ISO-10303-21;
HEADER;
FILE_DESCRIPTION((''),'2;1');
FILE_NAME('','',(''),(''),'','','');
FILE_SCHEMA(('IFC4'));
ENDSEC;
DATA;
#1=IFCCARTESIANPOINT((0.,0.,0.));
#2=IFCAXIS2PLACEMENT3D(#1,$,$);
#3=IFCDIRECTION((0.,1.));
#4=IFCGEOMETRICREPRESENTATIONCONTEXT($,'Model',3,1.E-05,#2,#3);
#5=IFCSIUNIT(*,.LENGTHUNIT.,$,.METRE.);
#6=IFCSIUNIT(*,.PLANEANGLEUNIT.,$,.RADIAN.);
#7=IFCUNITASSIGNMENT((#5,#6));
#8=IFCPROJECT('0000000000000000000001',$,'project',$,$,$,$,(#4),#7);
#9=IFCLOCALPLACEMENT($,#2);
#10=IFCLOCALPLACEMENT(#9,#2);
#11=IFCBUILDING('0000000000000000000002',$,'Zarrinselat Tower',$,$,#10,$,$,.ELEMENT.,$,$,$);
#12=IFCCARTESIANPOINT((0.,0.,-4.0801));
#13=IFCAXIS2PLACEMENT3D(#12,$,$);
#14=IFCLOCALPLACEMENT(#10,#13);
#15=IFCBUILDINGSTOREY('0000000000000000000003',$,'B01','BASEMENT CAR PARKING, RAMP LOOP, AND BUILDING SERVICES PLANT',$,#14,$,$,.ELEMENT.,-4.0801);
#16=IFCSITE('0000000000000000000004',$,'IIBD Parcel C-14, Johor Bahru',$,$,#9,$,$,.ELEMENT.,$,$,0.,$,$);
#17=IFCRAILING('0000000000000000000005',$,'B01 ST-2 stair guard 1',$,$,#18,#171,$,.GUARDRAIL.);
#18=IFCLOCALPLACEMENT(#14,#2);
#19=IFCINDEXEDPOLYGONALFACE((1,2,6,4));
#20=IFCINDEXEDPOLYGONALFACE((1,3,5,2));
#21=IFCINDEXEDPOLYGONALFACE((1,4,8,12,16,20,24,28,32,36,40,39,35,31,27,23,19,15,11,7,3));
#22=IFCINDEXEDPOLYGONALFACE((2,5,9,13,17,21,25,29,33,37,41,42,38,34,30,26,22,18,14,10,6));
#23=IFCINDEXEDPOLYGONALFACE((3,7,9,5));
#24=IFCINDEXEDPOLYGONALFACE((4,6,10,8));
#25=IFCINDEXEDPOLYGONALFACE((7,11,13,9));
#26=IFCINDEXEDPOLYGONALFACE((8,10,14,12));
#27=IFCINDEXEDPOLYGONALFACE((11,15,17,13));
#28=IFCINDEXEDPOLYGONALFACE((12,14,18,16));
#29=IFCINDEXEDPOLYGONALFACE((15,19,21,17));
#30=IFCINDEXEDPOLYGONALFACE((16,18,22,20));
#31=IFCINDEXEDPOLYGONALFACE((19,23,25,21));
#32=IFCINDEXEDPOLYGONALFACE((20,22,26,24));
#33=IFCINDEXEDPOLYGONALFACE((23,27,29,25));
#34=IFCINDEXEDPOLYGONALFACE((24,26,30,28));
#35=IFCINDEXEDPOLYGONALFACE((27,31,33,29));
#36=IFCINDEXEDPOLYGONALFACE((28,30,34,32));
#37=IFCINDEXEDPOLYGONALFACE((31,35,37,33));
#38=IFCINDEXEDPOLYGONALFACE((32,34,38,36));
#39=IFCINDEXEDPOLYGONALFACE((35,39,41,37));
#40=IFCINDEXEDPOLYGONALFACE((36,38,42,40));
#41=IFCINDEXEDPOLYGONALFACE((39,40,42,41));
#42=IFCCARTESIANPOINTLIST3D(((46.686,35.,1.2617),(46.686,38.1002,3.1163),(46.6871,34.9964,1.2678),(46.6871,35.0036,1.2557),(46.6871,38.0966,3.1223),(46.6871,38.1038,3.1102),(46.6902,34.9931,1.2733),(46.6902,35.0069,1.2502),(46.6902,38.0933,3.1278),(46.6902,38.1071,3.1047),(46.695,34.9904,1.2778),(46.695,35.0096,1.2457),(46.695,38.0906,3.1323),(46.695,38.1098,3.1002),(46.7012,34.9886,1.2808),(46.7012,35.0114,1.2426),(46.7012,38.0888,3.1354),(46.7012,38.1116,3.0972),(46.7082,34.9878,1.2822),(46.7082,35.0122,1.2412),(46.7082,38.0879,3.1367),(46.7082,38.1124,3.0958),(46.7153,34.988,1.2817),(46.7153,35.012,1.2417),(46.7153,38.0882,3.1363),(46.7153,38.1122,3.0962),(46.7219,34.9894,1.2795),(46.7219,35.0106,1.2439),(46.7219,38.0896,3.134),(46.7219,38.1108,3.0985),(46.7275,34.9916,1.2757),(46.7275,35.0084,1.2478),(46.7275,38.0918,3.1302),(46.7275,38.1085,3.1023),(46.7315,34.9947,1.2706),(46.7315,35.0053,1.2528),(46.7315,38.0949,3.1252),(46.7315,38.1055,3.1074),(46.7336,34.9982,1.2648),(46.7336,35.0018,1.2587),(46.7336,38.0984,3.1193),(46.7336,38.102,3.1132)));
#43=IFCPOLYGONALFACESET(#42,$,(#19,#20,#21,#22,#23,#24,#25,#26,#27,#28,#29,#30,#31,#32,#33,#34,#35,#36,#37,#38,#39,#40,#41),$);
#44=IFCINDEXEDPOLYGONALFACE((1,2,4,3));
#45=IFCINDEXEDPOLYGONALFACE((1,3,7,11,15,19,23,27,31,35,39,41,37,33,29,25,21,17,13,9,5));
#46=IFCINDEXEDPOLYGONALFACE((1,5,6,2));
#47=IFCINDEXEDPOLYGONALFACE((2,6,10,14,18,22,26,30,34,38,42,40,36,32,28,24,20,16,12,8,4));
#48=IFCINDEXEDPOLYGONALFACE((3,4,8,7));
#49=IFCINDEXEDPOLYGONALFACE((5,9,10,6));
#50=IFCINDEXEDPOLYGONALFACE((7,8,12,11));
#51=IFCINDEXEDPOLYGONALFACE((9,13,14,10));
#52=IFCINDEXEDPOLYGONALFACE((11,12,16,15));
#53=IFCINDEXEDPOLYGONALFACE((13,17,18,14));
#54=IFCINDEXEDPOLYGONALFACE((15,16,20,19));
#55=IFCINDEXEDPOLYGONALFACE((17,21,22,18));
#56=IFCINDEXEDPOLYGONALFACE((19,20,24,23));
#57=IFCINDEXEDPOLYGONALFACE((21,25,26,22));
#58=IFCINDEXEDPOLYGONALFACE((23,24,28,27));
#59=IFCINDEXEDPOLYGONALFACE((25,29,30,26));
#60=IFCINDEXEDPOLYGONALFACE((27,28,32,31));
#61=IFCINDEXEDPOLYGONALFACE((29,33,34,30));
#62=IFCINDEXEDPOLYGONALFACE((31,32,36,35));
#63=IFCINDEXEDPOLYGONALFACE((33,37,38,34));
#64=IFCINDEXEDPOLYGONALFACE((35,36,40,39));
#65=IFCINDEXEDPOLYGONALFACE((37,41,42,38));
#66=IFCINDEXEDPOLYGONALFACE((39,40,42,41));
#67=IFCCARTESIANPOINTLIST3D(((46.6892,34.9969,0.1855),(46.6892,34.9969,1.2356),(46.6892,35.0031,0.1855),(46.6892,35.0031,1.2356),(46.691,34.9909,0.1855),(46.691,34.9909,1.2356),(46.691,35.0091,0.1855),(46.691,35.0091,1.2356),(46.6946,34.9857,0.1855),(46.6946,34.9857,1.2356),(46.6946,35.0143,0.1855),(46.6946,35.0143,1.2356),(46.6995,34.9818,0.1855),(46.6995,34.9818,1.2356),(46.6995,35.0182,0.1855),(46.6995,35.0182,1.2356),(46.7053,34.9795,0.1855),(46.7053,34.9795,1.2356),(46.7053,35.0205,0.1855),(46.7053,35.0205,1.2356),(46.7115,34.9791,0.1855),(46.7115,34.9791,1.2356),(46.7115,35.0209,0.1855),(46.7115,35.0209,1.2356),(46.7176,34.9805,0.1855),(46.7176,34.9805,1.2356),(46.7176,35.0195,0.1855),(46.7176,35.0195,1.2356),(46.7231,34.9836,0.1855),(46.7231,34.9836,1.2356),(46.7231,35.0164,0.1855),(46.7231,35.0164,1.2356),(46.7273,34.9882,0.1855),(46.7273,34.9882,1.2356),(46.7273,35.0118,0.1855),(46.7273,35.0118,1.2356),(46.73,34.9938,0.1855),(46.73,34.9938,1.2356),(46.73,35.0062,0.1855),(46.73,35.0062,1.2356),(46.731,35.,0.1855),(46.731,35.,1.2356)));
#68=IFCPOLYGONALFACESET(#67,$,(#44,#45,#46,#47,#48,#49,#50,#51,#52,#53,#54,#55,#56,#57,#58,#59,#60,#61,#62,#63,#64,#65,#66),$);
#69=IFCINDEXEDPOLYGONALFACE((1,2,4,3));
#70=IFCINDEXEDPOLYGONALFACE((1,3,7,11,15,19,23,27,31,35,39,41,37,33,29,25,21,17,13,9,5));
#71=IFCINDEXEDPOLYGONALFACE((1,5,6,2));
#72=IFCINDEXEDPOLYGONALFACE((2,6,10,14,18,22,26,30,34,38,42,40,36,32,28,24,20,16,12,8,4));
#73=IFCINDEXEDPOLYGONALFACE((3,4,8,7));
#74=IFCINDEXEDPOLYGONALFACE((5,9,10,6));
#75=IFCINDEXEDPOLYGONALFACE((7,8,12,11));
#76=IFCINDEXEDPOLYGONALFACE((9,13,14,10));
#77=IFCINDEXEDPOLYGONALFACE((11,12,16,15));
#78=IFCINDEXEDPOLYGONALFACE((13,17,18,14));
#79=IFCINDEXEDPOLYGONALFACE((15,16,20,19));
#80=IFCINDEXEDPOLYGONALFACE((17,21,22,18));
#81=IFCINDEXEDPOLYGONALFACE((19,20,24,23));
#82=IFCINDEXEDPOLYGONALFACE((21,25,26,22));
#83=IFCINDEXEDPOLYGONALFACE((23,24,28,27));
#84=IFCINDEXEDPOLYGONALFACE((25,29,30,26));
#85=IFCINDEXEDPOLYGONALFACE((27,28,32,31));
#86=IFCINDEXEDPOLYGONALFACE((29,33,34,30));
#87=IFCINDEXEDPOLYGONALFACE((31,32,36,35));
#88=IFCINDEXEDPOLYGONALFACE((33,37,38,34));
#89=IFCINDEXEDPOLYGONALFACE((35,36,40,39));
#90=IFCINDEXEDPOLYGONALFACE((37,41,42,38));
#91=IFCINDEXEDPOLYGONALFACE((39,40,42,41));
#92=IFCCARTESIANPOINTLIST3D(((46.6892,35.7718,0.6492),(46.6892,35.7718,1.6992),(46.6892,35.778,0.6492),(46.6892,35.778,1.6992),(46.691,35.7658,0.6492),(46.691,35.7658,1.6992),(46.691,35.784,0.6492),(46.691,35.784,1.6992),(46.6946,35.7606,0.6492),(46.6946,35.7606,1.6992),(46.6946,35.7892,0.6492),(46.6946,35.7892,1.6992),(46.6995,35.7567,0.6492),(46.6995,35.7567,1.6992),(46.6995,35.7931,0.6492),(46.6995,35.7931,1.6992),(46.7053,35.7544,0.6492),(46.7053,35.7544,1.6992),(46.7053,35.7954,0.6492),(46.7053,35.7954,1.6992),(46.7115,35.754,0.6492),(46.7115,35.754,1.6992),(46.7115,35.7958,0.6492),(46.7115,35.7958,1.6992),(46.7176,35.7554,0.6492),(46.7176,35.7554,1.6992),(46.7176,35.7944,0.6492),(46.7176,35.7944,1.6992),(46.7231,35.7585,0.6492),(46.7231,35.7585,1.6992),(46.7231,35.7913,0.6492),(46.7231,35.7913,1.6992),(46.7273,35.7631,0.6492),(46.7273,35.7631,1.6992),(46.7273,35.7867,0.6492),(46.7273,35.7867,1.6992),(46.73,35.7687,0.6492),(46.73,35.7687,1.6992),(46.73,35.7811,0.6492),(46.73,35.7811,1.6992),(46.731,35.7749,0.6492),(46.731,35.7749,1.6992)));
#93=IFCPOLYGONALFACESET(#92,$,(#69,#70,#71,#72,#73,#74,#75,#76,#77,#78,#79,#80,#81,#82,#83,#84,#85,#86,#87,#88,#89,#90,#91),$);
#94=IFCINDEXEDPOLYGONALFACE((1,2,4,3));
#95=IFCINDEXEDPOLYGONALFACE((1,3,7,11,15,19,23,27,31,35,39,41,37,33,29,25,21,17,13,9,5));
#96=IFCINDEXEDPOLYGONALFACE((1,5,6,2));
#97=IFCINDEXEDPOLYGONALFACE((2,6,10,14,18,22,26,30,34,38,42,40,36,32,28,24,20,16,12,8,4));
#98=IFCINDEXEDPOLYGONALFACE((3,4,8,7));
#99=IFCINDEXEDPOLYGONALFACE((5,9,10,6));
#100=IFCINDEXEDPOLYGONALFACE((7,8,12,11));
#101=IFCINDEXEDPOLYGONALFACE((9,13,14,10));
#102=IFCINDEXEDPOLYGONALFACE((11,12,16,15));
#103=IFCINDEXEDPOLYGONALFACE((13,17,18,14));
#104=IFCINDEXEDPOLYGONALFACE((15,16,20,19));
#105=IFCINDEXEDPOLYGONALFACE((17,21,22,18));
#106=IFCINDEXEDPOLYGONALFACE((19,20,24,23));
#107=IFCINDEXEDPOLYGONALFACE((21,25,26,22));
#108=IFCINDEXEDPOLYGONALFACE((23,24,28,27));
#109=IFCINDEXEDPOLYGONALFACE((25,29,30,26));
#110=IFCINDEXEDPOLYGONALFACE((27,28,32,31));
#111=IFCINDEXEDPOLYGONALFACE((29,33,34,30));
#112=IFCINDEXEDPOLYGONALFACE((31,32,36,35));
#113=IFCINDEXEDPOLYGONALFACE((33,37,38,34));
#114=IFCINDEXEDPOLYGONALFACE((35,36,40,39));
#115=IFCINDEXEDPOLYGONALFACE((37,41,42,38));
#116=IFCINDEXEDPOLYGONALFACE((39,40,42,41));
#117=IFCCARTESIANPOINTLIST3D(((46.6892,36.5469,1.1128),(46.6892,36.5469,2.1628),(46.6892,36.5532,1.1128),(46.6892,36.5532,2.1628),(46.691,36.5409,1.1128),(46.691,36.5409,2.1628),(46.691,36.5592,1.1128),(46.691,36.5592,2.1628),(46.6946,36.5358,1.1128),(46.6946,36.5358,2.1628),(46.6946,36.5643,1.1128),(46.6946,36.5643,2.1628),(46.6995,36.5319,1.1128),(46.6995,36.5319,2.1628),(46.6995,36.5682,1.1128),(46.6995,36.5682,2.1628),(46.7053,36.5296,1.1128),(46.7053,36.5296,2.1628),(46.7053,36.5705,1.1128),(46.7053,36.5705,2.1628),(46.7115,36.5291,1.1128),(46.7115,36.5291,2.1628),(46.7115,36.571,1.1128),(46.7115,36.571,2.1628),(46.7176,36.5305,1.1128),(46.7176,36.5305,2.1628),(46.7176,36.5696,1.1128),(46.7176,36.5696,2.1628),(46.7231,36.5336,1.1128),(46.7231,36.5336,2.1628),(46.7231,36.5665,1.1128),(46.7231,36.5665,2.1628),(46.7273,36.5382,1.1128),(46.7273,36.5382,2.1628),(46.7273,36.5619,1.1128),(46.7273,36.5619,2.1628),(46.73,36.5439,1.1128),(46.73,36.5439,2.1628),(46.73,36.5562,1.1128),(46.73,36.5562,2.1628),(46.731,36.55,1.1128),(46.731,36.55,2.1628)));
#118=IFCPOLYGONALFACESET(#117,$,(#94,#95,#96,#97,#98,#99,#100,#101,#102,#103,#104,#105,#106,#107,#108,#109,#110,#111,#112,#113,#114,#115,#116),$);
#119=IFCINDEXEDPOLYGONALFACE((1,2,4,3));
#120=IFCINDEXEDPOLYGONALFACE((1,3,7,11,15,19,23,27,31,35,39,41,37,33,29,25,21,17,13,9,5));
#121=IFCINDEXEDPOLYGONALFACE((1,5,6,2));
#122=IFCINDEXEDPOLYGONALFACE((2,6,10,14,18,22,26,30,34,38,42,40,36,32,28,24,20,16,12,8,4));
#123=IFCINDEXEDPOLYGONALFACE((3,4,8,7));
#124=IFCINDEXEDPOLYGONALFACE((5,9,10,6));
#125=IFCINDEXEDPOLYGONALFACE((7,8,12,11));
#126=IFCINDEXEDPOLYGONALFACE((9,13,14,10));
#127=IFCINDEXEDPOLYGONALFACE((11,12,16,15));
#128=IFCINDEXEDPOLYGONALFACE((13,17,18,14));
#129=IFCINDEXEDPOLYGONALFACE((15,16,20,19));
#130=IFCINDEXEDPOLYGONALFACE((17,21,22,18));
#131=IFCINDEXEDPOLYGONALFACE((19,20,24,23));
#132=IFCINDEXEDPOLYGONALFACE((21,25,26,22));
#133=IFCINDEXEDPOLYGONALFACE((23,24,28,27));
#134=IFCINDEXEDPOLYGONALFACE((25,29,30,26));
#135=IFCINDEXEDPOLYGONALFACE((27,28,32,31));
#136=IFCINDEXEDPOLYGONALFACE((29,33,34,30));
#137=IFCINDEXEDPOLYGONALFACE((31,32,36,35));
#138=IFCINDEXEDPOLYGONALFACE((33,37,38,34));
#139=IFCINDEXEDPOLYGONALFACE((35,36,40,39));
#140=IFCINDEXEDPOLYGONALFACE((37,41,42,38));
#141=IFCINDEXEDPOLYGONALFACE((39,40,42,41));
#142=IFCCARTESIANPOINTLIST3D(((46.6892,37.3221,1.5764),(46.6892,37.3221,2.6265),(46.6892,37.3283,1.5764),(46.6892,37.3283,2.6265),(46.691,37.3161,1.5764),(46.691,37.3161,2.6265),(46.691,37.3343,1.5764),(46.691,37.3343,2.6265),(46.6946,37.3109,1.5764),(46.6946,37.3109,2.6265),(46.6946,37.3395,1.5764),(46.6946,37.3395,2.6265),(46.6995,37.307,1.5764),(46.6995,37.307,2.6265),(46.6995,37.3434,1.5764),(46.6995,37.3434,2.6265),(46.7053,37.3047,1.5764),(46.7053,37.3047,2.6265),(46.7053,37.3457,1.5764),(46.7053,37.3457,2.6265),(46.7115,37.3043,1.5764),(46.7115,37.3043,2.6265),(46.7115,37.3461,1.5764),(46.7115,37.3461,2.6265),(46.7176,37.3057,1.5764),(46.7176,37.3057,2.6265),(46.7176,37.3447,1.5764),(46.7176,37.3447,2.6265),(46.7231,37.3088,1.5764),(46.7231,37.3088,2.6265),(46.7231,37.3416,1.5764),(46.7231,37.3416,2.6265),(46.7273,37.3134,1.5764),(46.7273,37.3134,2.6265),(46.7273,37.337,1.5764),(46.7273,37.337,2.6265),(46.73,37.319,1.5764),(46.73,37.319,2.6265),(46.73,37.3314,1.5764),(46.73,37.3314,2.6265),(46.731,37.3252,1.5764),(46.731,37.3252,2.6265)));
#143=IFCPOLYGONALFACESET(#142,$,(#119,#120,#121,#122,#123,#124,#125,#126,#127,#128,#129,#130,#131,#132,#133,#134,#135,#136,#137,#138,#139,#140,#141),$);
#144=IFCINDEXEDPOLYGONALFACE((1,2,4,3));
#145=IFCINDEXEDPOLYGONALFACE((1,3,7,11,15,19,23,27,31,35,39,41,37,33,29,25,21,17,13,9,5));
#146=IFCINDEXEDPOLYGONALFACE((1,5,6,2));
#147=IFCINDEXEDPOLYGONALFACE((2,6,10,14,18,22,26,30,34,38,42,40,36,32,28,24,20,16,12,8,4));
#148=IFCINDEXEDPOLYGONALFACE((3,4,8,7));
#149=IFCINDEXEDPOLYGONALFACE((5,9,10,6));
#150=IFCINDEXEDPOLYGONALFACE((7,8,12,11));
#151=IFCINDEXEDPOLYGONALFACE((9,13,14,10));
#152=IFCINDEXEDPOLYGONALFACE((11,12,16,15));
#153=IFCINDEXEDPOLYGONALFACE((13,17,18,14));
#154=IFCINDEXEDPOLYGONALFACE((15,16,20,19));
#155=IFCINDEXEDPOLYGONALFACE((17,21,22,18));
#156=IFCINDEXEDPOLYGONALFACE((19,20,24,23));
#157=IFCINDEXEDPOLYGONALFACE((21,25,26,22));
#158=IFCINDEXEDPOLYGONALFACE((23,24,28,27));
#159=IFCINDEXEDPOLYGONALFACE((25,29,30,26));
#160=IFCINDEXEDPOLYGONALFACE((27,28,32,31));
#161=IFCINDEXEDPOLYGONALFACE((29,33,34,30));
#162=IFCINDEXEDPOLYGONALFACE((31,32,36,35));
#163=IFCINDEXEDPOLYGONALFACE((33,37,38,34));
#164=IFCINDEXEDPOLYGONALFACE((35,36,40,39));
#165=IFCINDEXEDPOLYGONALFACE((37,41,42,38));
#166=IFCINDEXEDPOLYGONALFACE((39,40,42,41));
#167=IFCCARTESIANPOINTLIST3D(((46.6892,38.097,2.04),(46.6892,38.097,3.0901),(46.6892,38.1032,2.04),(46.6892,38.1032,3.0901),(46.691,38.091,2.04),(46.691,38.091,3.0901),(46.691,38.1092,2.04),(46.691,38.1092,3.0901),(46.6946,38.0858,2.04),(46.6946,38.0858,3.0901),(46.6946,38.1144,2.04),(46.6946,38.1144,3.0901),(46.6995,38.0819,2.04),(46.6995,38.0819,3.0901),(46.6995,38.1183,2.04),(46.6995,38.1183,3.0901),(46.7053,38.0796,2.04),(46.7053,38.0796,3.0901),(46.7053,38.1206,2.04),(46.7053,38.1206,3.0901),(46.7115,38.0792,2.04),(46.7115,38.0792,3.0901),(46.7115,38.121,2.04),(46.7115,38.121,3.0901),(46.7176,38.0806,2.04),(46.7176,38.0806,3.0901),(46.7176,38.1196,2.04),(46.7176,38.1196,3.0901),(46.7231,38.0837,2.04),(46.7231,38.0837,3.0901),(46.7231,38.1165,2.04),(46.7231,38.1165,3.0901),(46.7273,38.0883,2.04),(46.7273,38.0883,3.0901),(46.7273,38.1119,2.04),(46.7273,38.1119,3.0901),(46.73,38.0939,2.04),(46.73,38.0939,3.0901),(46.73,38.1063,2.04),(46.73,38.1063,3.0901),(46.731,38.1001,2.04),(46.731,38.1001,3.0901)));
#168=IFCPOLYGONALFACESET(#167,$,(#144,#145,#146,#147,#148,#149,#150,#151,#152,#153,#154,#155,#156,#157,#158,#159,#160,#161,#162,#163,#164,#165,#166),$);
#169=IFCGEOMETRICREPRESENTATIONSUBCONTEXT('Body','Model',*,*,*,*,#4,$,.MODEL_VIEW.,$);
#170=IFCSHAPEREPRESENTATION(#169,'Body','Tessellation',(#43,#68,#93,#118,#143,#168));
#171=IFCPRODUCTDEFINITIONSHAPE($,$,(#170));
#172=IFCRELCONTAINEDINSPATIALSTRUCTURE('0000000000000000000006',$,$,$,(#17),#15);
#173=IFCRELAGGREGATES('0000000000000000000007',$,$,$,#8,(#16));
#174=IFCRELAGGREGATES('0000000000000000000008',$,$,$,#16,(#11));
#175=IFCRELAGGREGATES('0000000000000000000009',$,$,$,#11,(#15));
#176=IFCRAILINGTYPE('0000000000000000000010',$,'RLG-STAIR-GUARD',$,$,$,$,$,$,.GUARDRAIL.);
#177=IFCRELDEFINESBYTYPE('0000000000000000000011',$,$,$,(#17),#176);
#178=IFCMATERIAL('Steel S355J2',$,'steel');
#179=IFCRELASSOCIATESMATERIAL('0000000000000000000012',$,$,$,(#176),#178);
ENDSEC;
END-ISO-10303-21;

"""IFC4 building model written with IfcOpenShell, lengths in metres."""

from ifc_helpers import new_model, si_unit, direction, frame, origin, origin_2d, place, context, subcontext, project, spatial, circle, extrude, material, type_object, element, save


model = new_model("IFC4")

# Units and contexts
model_context = context("Model", 3, precision=1e-05, world=origin(), true_north=direction((0.0, 1.0)))
body_context = subcontext(model_context, "Body", "Model", "MODEL_VIEW")
ifc_project = project(units=[si_unit("LENGTHUNIT", "METRE"), si_unit("PLANEANGLEUNIT", "RADIAN")], contexts=[model_context])

# Site, building, storey
site_placement = place(None, origin())
site = spatial("IfcSite", under=ifc_project, at=site_placement, Name="IIBD Parcel C-14, Johor Bahru", CompositionType="ELEMENT", RefElevation=0.0)
building_placement = place(site_placement, origin())
building = spatial("IfcBuilding", under=site, at=building_placement, Name="Zarrinselat Tower", CompositionType="ELEMENT")
storey_placement = place(building_placement, frame((0.0, 0.0, -4.0801)))
storey = spatial("IfcBuildingStorey", under=building, at=storey_placement, Name="B01", Description="BASEMENT CAR PARKING, RAMP LOOP, AND BUILDING SERVICES PLANT", CompositionType="ELEMENT", Elevation=-4.0801)

# Railing
ifc_material_1 = material(Name="Steel S355J2", Category="steel")
railing_type_1 = type_object("IfcRailingType", Name="RLG-STAIR-GUARD", PredefinedType="GUARDRAIL", material=ifc_material_1)
railing_1_placement = place(storey_placement, frame((46.71, 35.0, 0.1855)))
element("IfcRailing", 1, at=railing_1_placement, inside=storey, type_object=railing_type_1, Name="B01 ST-2 stair guard 1", PredefinedType="GUARDRAIL", context=body_context, shape_type="SweptSolid", body=[
    extrude(circle(Radius=0.0239, at=origin_2d()), frame((0.0, 0.0, 1.0762), z_axis=(0.0, 0.858172, 0.513362), x_axis=(-1.0, 0.0, 0.0)), (0.0, 0.0, 1.0), 3.6125),
    extrude(circle(Radius=0.021, at=origin_2d()), origin(), (0.0, 0.0, 1.0), 1.05),
    extrude(circle(Radius=0.021, at=origin_2d()), frame((0.0, 0.7749, 0.4636)), (0.0, 0.0, 1.0), 1.05),
    extrude(circle(Radius=0.021, at=origin_2d()), frame((0.0, 1.55, 0.9272)), (0.0, 0.0, 1.0), 1.05),
    extrude(circle(Radius=0.021, at=origin_2d()), frame((0.0, 2.3252, 1.3909)), (0.0, 0.0, 1.0), 1.05),
    extrude(circle(Radius=0.021, at=origin_2d()), frame((0.0, 3.1001, 1.8545)), (0.0, 0.0, 1.0), 1.05),
])

save(model, "model.ifc")
